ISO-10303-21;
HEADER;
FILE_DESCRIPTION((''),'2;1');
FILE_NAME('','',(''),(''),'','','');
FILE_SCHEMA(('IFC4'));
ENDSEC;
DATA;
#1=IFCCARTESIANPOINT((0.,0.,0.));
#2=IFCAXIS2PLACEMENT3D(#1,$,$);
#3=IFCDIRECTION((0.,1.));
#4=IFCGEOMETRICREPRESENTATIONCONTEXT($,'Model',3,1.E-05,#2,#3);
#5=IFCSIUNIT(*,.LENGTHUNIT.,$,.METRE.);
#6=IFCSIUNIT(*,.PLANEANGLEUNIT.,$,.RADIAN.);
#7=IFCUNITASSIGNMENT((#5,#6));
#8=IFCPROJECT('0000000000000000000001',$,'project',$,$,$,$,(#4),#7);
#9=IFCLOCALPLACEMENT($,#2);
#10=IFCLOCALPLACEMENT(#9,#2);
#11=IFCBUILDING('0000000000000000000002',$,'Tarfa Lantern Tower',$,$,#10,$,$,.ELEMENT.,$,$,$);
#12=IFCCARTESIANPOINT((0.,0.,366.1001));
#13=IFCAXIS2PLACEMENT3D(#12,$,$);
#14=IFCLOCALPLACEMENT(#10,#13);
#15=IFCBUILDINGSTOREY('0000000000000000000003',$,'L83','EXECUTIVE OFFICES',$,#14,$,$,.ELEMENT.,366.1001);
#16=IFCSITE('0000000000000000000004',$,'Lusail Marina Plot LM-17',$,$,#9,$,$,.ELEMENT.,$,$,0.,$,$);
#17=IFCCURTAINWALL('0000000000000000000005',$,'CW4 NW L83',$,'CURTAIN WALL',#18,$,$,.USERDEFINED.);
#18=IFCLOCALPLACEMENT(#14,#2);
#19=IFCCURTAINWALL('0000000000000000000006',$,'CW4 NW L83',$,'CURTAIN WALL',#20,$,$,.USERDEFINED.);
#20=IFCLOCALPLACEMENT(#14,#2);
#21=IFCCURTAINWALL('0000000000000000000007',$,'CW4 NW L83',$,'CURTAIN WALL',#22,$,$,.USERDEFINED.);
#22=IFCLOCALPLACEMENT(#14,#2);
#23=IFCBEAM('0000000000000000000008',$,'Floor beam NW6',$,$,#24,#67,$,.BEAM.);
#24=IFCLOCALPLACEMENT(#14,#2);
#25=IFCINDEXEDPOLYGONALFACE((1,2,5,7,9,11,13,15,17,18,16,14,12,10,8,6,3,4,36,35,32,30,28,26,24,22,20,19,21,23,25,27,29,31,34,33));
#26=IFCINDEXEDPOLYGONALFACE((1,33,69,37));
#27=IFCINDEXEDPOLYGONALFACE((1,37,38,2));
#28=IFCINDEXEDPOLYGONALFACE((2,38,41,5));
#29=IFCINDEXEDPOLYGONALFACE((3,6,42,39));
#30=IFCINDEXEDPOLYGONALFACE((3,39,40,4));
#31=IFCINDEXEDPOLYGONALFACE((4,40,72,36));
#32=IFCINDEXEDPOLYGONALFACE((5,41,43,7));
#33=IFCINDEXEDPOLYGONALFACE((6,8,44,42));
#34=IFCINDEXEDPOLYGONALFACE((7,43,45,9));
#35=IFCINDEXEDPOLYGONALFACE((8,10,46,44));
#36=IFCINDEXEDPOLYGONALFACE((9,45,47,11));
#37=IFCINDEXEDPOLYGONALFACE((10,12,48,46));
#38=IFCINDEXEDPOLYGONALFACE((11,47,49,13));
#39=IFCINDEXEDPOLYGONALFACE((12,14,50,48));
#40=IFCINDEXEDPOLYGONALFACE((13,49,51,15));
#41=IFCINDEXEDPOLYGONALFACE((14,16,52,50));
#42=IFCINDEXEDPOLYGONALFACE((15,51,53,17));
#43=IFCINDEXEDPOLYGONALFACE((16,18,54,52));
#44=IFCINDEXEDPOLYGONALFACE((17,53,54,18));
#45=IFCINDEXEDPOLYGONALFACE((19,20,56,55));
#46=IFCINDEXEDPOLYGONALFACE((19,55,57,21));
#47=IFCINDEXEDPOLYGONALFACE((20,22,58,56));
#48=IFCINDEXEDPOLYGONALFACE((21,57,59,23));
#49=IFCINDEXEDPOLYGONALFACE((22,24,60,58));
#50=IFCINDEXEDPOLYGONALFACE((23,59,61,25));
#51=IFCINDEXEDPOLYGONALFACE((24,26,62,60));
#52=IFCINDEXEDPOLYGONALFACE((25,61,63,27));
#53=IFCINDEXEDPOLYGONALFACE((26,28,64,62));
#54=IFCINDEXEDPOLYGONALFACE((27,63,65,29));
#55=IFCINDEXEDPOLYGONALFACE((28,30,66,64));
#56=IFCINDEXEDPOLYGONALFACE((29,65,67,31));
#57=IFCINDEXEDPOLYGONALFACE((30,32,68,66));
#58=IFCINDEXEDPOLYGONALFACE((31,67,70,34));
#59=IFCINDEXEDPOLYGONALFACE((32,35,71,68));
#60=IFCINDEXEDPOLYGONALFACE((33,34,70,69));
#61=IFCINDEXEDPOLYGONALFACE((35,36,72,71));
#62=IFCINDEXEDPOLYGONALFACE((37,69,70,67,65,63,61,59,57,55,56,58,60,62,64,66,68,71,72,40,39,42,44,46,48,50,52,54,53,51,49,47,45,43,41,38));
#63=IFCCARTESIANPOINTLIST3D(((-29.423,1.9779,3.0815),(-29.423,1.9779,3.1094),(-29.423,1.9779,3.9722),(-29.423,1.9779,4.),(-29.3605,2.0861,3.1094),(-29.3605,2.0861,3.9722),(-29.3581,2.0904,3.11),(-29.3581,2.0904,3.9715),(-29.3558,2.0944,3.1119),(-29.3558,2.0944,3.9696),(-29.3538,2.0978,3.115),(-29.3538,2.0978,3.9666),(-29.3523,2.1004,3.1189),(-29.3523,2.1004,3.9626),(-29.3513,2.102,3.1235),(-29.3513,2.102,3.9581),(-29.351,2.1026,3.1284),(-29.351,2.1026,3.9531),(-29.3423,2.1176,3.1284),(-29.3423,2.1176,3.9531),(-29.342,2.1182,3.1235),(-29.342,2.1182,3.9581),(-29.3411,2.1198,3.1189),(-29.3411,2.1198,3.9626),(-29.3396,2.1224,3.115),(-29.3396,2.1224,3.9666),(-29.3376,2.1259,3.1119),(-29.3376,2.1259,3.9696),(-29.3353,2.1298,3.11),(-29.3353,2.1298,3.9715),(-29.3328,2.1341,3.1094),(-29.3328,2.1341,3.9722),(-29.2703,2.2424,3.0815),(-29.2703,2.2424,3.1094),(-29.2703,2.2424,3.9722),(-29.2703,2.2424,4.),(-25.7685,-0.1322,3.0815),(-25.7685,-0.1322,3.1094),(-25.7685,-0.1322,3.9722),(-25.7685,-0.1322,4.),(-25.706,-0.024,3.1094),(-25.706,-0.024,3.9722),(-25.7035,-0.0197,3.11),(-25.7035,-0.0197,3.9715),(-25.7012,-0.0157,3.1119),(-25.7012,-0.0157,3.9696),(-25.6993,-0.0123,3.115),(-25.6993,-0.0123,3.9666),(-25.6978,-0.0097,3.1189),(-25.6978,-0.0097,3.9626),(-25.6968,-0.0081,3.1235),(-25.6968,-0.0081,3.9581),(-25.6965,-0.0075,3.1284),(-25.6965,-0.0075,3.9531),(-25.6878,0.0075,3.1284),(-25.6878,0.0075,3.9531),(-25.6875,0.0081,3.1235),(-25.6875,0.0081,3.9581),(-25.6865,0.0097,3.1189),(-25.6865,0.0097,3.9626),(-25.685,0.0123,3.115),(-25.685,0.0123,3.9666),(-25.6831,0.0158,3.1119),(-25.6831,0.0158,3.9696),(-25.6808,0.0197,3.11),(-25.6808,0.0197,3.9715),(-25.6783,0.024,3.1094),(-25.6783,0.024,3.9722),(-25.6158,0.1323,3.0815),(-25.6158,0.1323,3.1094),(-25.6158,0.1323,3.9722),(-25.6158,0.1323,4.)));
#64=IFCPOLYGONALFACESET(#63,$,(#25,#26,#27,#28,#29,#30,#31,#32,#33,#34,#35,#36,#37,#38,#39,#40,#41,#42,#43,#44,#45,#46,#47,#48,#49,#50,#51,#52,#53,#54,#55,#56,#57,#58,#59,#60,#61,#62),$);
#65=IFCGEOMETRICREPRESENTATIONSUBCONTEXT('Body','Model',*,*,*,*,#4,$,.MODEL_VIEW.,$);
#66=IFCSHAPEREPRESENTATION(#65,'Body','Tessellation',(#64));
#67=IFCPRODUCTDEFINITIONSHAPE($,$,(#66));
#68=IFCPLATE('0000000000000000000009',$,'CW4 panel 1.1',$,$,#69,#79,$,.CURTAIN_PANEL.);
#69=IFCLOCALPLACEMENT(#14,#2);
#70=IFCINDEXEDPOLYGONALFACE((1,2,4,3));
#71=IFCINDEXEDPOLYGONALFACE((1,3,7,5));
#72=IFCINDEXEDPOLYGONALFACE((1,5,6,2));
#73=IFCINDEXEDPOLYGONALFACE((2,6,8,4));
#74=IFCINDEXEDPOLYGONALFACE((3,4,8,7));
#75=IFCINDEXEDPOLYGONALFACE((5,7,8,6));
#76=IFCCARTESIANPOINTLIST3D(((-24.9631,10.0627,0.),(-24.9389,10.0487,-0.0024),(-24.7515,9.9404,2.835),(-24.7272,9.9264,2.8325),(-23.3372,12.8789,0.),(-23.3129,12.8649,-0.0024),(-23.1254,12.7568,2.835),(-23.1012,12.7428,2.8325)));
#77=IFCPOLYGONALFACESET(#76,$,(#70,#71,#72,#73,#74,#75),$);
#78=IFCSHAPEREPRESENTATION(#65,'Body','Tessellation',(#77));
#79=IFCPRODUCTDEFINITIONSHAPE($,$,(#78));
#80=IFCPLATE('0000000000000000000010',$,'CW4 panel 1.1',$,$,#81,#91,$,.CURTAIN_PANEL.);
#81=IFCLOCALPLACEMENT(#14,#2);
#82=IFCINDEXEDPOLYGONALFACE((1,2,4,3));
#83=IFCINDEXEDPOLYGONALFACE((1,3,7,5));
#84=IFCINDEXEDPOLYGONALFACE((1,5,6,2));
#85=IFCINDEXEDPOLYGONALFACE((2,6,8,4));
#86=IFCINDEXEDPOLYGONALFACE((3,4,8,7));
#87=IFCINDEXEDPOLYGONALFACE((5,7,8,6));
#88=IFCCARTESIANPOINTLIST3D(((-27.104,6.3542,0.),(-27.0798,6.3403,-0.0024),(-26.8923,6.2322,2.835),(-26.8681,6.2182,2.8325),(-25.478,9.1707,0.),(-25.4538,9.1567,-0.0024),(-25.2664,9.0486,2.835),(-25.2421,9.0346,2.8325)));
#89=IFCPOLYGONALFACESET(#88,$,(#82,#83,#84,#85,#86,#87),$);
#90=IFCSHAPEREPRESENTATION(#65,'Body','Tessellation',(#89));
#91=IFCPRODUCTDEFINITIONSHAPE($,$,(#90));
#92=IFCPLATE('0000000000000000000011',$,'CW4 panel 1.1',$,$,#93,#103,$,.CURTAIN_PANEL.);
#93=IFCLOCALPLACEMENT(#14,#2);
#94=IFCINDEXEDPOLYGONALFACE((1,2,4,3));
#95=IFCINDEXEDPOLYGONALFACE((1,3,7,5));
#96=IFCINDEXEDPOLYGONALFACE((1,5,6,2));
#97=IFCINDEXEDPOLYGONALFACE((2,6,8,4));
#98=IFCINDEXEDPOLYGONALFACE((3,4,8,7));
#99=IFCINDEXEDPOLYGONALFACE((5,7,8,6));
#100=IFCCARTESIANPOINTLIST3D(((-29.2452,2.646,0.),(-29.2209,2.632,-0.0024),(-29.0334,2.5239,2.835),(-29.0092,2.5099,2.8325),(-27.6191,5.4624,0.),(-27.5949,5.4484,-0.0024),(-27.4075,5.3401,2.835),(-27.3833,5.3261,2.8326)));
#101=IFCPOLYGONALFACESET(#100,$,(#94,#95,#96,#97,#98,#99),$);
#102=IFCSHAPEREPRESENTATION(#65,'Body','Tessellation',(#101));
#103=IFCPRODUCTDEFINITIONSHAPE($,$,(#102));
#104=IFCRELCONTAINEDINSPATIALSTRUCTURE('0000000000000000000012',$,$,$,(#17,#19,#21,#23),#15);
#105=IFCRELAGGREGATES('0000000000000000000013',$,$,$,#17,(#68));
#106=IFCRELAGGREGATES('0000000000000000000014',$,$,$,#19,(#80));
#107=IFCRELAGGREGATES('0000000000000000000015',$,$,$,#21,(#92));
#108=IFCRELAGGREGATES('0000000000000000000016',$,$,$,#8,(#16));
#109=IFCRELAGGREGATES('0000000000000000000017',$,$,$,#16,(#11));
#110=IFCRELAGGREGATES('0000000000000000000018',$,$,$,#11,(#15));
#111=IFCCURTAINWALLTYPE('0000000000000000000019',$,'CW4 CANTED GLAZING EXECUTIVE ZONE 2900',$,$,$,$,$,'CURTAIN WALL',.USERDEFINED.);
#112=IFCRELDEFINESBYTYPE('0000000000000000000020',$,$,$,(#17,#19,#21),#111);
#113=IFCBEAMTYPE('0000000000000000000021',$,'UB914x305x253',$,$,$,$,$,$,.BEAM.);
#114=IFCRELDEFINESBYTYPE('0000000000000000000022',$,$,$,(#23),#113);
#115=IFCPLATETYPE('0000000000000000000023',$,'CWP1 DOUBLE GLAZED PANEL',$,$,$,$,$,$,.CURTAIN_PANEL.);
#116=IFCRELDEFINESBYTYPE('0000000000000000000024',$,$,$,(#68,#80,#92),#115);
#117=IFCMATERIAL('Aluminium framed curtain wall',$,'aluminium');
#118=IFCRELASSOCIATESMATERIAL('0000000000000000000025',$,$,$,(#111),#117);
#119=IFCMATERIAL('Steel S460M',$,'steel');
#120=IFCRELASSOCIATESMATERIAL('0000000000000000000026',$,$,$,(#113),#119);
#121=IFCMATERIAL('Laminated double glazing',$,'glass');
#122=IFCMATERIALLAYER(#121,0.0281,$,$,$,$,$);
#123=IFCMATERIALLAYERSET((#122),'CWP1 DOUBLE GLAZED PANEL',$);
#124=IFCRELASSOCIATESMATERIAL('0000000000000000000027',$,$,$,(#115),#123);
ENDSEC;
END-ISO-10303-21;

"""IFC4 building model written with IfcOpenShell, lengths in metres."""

from ifc_helpers import new_model, si_unit, direction, frame, origin, origin_2d, place, context, subcontext, project, spatial, polyline, i_section, outline, extrude, material, layer, layer_set, material_profile, profile_set, type_object, element, aggregate, save


model = new_model("IFC4")

# Units and contexts
model_context = context("Model", 3, precision=1e-05, world=origin(), true_north=direction((0.0, 1.0)))
body_context = subcontext(model_context, "Body", "Model", "MODEL_VIEW")
ifc_project = project(units=[si_unit("LENGTHUNIT", "METRE"), si_unit("PLANEANGLEUNIT", "RADIAN")], contexts=[model_context])

# Site, building, storey
site_placement = place(None, origin())
site = spatial("IfcSite", under=ifc_project, at=site_placement, Name="Lusail Marina Plot LM-17", CompositionType="ELEMENT", RefElevation=0.0)
building_placement = place(site_placement, origin())
building = spatial("IfcBuilding", under=site, at=building_placement, Name="Tarfa Lantern Tower", CompositionType="ELEMENT")
storey_placement = place(building_placement, frame((0.0, 0.0, 366.1001)))
storey = spatial("IfcBuildingStorey", under=building, at=storey_placement, Name="L83", Description="EXECUTIVE OFFICES", CompositionType="ELEMENT", Elevation=366.1001)

# Curtain walls
ifc_material_1 = material(Name="Aluminium framed curtain wall", Category="aluminium")
curtain_wall_type = type_object("IfcCurtainWallType", Name="CW4 CANTED GLAZING EXECUTIVE ZONE 2900", ElementType="CURTAIN WALL", PredefinedType="USERDEFINED", material=ifc_material_1)
curtain_wall_1_placement = place(storey_placement, origin())
curtain_wall_1 = element("IfcCurtainWall", 1, at=curtain_wall_1_placement, inside=storey, type_object=curtain_wall_type, Name="CW4 NW L83", ObjectType="CURTAIN WALL", PredefinedType="USERDEFINED")
curtain_wall_2_placement = place(storey_placement, origin())
curtain_wall_2 = element("IfcCurtainWall", 2, at=curtain_wall_2_placement, inside=storey, type_object=curtain_wall_type, Name="CW4 NW L83", ObjectType="CURTAIN WALL", PredefinedType="USERDEFINED")
curtain_wall_3_placement = place(storey_placement, origin())
curtain_wall_3 = element("IfcCurtainWall", 3, at=curtain_wall_3_placement, inside=storey, type_object=curtain_wall_type, Name="CW4 NW L83", ObjectType="CURTAIN WALL", PredefinedType="USERDEFINED")

# Beam
ifc_material_2 = material(Name="Steel S460M", Category="steel")
ifc_material_profile_1 = material_profile(ifc_material_2, i_section(OverallWidth=0.3054, OverallDepth=0.9185, WebThickness=0.0173, FlangeThickness=0.0278, FilletRadius=0.019, at=origin_2d()), Name="UB914x305x253")
ifc_profile_set_1 = profile_set([ifc_material_profile_1], Name="Steel S460M")
beam_type_1 = type_object("IfcBeamType", Name="UB914x305x253", PredefinedType="BEAM", material=ifc_profile_set_1)
beam_1_placement = place(storey_placement, frame((-29.3467, 2.1101, 3.5408), z_axis=(0.866009, -0.500028, 0.0), x_axis=(0.500028, 0.866009, 0.0)))
element("IfcBeam", 4, at=beam_1_placement, inside=storey, type_object=beam_type_1, Name="Floor beam NW6", PredefinedType="BEAM", context=body_context, shape_type="SweptSolid", body=[
    extrude(i_section(OverallWidth=0.3054, OverallDepth=0.9185, WebThickness=0.0173, FlangeThickness=0.0278, FilletRadius=0.019, at=origin_2d()), origin(), (0.0, 0.0, 1.0), 4.22),
])

# Plates
ifc_material_3 = material(Name="Laminated double glazing", Category="glass")
ifc_layer = layer(ifc_material_3, 0.0281)
ifc_layer_set = layer_set([ifc_layer], Name="CWP1 DOUBLE GLAZED PANEL")
plate_type = type_object("IfcPlateType", Name="CWP1 DOUBLE GLAZED PANEL", PredefinedType="CURTAIN_PANEL", material=ifc_layer_set)
plate_1_placement = place(storey_placement, frame((-23.3372, 12.8789, 0.0), z_axis=(-0.862826, 0.498151, 0.085893), x_axis=(-0.499999, -0.866026, -0.000002)))
plate_1 = element("IfcPlate", 5, at=plate_1_placement, type_object=plate_type, Name="CW4 panel 1.1", PredefinedType="CURTAIN_PANEL", context=body_context, shape_type="SweptSolid", body=[
    extrude(outline(polyline([(0.0, 0.0), (3.2519, 0.0), (3.2519, 2.8455), (-0.0001, 2.8455), (0.0, 0.0)])), origin(), (0.0, 0.0, -1.0), 0.0281),
])
aggregate(curtain_wall_1, [plate_1])
plate_2_placement = place(storey_placement, frame((-25.478, 9.1707, 0.0), z_axis=(-0.862837, 0.498136, 0.085872), x_axis=(-0.499982, -0.866036, 0.0)))
plate_2 = element("IfcPlate", 6, at=plate_2_placement, type_object=plate_type, Name="CW4 panel 1.1", PredefinedType="CURTAIN_PANEL", context=body_context, shape_type="SweptSolid", body=[
    extrude(outline(polyline([(0.0, 0.0), (3.2521, 0.0), (3.252, 2.8455), (-0.0001, 2.8455), (0.0, 0.0)])), origin(), (0.0, 0.0, -1.0), 0.0281),
])
aggregate(curtain_wall_2, [plate_2])
plate_3_placement = place(storey_placement, frame((-27.6191, 5.4624, 0.0), z_axis=(-0.862826, 0.498151, 0.085893), x_axis=(-0.499999, -0.866026, 0.000002)))
plate_3 = element("IfcPlate", 7, at=plate_3_placement, type_object=plate_type, Name="CW4 panel 1.1", PredefinedType="CURTAIN_PANEL", context=body_context, shape_type="SweptSolid", body=[
    extrude(outline(polyline([(0.0, 0.0), (3.2521, 0.0), (3.252, 2.8455), (0.0001, 2.8455), (0.0, 0.0)])), origin(), (0.0, 0.0, -1.0), 0.0281),
])
aggregate(curtain_wall_3, [plate_3])

save(model, "model.ifc")
